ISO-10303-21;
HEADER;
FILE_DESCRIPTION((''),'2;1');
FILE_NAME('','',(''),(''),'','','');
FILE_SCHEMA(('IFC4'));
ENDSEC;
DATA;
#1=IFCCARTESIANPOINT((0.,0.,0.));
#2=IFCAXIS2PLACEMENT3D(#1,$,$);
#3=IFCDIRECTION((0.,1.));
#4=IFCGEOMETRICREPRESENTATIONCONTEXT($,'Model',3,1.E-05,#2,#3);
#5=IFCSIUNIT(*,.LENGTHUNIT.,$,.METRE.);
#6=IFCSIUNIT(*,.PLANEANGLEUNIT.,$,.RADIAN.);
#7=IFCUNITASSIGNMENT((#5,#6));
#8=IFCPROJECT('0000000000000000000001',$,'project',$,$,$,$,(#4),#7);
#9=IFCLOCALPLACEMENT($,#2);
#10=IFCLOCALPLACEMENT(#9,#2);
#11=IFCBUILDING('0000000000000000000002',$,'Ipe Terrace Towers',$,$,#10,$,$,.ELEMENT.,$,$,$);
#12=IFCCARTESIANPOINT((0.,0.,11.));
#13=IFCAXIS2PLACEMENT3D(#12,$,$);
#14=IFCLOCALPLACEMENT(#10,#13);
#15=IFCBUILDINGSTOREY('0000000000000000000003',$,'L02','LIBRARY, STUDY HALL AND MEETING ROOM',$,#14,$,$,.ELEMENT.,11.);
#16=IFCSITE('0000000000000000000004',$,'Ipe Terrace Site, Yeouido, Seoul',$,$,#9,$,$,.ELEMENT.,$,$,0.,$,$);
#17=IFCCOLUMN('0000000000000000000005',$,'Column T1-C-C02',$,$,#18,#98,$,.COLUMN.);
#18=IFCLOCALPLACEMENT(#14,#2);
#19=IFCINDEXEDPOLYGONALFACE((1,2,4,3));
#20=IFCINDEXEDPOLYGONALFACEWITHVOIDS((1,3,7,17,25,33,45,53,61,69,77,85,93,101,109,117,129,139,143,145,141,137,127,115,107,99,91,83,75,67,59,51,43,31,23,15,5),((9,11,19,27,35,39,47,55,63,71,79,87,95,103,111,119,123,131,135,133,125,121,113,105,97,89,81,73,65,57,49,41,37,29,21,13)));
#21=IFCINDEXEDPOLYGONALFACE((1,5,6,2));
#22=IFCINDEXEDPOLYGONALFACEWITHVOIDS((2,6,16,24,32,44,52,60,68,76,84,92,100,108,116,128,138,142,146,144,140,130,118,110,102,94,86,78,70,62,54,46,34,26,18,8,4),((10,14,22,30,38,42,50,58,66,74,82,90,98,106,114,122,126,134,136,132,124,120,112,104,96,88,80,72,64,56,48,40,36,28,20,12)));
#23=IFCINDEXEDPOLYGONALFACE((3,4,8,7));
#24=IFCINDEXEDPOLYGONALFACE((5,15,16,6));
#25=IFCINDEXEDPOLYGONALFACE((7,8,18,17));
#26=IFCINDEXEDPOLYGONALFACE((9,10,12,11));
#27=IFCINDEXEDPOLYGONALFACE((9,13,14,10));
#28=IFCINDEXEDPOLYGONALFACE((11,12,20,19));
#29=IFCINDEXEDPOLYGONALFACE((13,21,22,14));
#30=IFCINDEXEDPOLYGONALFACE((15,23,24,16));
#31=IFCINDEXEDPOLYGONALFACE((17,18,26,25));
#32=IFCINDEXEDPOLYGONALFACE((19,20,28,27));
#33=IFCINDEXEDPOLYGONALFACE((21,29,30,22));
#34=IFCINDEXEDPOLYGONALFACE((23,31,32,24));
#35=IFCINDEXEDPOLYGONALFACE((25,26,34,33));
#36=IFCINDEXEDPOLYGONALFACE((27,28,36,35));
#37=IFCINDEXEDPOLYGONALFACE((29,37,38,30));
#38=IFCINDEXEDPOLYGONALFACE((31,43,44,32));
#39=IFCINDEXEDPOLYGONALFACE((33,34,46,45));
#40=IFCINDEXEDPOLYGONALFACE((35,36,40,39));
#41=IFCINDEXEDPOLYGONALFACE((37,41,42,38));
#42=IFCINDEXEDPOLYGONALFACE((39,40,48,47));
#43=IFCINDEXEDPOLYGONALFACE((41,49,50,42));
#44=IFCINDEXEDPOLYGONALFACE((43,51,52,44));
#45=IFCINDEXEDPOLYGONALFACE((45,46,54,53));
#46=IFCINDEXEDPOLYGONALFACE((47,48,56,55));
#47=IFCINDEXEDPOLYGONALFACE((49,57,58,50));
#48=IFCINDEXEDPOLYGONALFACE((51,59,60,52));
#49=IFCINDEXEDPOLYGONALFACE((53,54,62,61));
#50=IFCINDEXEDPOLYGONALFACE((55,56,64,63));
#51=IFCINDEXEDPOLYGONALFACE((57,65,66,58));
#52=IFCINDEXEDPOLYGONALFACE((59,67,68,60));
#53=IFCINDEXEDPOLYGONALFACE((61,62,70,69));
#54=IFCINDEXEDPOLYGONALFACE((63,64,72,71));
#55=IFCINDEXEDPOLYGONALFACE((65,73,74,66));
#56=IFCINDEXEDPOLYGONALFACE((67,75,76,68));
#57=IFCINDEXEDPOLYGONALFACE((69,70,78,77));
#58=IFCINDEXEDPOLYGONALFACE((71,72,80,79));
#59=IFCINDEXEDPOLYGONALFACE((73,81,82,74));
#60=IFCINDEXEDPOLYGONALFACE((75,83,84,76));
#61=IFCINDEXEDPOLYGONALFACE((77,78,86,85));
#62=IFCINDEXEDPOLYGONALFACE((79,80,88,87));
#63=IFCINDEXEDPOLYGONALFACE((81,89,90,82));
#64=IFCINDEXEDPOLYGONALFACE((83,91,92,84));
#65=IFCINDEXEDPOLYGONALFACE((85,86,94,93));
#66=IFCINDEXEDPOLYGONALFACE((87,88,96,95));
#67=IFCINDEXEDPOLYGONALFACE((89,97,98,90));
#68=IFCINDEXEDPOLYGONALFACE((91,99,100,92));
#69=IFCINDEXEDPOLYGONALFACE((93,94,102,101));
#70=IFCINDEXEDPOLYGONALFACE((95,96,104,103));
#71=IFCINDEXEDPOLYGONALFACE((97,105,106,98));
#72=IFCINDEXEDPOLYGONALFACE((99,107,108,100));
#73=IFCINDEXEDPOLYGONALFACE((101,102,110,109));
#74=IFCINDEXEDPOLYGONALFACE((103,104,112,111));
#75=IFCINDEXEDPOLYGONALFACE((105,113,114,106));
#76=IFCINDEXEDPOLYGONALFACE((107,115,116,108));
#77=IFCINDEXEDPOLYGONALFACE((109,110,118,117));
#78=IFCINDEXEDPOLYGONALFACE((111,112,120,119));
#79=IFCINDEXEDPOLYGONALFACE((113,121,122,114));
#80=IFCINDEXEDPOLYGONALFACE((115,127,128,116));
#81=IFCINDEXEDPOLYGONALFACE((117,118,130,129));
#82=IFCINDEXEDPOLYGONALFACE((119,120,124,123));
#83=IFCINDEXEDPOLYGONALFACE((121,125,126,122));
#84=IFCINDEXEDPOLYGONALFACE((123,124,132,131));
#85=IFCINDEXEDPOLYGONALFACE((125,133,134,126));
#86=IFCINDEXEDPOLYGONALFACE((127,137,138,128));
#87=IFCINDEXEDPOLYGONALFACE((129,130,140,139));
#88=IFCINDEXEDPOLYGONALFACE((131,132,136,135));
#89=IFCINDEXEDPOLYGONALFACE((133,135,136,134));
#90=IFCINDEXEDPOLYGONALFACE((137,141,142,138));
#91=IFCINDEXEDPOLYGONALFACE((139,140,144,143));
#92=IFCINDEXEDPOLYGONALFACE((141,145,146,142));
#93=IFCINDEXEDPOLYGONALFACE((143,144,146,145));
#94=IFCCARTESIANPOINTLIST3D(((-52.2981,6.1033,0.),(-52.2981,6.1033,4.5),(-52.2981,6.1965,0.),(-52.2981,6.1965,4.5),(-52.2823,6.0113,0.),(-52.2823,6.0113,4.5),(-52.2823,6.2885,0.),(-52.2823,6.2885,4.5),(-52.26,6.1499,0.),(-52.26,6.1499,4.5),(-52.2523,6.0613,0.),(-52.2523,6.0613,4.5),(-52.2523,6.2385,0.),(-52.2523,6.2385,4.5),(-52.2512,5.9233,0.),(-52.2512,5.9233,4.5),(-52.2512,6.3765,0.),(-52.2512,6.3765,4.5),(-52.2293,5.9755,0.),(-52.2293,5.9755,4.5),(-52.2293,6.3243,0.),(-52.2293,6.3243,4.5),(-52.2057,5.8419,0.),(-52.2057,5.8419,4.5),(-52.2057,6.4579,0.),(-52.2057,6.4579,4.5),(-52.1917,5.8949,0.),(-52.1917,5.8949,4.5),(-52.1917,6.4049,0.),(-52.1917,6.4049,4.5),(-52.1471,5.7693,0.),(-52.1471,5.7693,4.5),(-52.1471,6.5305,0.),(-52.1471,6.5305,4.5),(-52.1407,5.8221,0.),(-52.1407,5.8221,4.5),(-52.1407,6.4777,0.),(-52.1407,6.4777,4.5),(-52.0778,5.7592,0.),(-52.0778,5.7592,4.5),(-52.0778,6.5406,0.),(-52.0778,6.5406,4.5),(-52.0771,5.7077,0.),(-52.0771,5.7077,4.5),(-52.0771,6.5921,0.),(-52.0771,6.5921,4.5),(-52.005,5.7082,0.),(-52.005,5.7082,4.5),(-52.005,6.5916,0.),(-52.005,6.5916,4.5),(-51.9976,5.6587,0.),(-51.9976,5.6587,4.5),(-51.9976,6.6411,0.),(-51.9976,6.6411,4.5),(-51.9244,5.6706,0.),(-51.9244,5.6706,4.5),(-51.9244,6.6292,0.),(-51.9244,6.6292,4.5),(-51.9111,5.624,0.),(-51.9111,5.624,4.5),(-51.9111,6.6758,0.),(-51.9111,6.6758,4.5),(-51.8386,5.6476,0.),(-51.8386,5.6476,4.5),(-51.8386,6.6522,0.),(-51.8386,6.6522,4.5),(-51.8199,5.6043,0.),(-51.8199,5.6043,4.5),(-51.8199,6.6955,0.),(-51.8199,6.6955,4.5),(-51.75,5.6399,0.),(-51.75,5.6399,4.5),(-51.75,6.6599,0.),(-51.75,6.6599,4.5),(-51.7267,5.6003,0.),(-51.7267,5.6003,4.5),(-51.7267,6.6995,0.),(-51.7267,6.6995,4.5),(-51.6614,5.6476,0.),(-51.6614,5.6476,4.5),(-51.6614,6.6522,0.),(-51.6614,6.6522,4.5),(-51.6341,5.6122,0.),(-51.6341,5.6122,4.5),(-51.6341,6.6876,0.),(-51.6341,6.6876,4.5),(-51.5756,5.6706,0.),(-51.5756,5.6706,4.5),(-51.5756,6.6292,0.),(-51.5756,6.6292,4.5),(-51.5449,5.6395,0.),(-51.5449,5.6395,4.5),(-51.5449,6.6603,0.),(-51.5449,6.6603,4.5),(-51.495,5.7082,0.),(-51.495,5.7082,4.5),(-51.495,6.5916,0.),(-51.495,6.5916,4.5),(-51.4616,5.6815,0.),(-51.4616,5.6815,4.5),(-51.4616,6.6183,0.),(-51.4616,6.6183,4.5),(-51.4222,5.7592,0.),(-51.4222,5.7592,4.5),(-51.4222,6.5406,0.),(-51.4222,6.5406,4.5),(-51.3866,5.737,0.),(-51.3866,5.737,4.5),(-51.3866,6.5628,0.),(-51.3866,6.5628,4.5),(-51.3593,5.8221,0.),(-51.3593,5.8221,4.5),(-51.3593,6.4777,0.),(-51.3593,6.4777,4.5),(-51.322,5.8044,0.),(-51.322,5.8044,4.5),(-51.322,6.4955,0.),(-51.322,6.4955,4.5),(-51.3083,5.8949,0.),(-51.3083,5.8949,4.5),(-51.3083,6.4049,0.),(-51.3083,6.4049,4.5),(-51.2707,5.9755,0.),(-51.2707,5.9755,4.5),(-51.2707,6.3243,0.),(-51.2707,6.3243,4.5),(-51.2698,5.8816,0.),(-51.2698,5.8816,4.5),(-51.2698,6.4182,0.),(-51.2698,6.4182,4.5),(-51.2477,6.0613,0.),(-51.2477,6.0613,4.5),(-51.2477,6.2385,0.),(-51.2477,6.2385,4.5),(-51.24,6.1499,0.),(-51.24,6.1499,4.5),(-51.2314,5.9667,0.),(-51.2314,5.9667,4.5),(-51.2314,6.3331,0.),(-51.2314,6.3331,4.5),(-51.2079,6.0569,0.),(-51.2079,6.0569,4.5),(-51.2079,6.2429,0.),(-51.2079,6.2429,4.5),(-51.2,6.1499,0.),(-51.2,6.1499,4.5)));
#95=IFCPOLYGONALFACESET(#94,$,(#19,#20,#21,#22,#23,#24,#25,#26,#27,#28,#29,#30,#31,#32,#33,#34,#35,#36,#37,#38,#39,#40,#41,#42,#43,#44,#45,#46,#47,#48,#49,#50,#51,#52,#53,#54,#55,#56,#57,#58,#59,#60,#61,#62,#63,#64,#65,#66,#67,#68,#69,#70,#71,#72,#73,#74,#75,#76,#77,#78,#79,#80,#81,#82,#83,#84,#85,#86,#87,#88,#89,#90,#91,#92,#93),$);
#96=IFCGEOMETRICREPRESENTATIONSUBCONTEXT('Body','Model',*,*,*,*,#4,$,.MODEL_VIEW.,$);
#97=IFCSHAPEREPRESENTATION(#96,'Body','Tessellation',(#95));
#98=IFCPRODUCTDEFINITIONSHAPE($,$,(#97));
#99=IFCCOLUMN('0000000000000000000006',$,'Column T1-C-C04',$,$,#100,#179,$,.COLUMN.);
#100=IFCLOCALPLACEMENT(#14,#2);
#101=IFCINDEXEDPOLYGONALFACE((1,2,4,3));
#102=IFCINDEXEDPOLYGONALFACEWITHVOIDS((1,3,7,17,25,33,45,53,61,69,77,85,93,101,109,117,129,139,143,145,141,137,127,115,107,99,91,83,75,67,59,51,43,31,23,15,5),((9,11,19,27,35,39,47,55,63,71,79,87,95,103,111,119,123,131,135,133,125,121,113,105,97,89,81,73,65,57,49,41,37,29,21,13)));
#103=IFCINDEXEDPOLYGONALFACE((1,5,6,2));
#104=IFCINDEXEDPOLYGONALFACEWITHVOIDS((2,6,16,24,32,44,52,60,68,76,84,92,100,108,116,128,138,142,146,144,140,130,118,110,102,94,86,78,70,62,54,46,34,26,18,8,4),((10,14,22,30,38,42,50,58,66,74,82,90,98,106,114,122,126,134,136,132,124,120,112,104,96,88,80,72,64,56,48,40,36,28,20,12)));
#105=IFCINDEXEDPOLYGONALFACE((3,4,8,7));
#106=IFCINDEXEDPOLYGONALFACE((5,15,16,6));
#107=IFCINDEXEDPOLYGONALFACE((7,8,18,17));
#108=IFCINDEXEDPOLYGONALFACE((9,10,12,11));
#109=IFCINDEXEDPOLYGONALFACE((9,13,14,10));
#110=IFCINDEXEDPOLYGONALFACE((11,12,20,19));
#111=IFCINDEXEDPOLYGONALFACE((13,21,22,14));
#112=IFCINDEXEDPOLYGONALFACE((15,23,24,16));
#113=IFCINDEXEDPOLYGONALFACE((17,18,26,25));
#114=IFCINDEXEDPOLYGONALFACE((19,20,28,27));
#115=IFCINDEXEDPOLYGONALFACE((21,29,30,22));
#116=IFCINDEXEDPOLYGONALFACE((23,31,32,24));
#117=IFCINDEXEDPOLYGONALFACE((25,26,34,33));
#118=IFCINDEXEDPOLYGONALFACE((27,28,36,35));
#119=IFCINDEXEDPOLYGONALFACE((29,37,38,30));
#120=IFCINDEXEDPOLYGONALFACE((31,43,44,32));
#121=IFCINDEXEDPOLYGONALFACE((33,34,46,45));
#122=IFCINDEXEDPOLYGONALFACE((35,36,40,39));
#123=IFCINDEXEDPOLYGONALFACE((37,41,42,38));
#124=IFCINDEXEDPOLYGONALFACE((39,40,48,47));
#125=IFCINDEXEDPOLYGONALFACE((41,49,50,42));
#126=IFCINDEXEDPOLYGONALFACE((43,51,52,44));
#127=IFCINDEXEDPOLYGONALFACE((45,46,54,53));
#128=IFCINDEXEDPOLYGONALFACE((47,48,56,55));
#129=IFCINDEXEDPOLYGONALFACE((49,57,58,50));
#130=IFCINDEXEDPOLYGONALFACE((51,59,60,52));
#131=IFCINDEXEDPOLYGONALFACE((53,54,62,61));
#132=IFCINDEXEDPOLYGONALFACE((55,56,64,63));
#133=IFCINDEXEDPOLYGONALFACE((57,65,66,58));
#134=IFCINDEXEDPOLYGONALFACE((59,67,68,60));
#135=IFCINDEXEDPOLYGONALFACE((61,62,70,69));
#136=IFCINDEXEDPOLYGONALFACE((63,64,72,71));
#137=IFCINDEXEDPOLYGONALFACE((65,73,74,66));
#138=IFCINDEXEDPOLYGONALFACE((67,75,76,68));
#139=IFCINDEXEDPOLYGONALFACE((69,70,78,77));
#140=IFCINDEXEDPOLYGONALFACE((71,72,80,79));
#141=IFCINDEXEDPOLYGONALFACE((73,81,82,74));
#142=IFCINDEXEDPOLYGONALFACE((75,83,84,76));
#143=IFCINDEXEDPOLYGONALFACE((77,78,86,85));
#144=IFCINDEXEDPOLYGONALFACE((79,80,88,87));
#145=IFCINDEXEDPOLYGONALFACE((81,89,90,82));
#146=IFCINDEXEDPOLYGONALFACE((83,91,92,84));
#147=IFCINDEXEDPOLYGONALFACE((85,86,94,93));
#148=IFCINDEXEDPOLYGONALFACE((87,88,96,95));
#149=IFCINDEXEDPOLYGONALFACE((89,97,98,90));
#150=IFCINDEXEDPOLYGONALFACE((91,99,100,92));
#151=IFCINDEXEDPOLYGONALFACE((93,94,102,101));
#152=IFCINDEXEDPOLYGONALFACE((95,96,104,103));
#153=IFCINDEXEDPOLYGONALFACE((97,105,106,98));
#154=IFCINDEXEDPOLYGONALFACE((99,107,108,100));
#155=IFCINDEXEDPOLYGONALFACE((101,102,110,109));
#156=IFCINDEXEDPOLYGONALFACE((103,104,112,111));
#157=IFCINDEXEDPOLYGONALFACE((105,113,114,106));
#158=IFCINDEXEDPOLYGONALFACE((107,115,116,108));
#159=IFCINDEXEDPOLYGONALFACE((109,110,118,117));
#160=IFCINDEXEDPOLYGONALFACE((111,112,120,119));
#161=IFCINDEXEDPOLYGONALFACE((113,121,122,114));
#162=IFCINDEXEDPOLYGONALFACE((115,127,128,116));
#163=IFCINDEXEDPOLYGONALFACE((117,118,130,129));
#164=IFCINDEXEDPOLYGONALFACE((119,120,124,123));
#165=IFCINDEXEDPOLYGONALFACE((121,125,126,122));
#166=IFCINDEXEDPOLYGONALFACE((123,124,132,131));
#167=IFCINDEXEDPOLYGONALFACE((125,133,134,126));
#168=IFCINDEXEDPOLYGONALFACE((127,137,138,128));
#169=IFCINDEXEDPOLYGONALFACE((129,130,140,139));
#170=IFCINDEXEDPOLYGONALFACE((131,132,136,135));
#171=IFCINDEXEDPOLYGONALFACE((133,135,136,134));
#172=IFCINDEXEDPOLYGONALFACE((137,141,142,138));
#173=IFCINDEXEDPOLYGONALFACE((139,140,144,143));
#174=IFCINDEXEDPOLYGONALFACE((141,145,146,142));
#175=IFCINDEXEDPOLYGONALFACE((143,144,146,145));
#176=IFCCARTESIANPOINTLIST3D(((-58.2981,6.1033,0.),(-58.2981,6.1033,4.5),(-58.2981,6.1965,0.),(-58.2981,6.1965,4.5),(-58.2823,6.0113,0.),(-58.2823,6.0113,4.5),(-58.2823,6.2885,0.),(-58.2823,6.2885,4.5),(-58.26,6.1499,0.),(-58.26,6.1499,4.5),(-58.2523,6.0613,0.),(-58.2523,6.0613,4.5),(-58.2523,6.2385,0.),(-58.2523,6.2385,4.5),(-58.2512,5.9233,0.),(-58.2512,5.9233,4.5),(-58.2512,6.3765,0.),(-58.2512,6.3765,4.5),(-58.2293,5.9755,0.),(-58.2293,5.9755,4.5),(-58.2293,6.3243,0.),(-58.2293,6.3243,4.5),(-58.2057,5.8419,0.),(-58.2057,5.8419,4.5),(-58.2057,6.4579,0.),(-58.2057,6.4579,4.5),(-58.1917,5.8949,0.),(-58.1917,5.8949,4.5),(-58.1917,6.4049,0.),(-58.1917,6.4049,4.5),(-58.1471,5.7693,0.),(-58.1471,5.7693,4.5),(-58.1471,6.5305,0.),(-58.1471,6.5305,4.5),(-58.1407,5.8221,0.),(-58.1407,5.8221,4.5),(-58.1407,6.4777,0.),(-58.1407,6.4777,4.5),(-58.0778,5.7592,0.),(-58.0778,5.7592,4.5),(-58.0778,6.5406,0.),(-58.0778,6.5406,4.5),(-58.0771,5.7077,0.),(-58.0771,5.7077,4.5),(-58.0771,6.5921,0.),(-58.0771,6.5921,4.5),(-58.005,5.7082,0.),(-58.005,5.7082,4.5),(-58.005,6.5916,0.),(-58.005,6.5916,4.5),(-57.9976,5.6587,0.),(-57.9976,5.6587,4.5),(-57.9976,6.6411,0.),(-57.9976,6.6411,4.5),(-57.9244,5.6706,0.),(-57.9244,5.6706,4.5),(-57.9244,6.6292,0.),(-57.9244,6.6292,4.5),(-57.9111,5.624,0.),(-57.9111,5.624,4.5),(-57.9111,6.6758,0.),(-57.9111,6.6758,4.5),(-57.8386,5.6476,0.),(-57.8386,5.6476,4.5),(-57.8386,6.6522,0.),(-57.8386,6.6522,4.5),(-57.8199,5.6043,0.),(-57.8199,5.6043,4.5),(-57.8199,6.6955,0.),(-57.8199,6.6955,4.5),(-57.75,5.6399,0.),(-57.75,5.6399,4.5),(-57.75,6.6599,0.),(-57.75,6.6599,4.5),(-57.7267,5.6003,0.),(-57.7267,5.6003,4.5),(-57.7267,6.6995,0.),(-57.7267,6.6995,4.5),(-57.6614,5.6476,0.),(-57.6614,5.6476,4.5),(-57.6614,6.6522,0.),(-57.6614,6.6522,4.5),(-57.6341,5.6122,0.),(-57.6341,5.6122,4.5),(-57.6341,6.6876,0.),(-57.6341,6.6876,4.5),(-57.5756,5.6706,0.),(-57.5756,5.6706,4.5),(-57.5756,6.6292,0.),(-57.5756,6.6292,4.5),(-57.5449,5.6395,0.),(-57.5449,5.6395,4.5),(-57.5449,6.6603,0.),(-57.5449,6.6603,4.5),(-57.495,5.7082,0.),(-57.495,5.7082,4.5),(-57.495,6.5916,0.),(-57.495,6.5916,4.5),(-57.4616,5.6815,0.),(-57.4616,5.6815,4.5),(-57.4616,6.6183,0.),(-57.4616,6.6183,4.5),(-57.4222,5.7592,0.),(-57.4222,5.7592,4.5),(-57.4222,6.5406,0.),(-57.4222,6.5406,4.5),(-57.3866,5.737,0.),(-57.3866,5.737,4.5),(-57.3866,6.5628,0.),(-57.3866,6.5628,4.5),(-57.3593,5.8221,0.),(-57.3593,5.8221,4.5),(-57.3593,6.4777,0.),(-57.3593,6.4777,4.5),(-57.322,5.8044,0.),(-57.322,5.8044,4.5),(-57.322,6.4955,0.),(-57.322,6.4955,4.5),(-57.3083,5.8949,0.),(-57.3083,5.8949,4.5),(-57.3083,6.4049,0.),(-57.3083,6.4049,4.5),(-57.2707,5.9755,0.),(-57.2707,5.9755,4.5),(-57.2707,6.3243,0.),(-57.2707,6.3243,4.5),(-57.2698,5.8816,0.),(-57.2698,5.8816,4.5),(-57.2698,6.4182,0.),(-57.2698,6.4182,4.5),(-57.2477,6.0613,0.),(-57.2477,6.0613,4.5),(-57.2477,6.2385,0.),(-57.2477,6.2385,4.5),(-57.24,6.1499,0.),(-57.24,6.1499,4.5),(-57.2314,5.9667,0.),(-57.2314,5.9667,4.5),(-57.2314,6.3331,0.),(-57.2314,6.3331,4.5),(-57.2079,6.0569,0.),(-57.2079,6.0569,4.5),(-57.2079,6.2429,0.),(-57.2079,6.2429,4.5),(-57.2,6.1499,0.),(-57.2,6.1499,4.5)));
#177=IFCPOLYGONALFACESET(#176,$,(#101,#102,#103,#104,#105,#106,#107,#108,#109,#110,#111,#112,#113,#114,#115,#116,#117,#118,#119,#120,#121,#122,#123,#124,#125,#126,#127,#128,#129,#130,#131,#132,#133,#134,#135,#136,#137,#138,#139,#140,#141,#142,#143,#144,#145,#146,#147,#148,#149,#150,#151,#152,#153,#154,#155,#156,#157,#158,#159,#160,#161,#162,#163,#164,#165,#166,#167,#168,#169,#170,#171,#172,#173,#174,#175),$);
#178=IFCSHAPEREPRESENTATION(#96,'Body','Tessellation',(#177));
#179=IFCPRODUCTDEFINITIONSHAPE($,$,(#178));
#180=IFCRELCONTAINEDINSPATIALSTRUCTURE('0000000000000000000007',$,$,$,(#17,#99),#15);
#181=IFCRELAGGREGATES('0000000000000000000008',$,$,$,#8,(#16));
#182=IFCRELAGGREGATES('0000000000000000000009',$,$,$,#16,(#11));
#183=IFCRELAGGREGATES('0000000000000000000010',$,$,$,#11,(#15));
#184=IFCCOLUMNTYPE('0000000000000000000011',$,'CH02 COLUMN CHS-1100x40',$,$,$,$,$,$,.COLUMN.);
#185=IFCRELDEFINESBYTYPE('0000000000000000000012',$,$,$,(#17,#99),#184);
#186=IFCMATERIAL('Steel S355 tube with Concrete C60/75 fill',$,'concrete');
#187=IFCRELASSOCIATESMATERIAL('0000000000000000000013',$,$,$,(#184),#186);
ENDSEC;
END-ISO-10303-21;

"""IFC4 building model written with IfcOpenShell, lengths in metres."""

from ifc_helpers import new_model, si_unit, direction, frame, origin, origin_2d, place, context, subcontext, project, spatial, hollow_circle, extrude, material, material_profile, profile_set, type_object, element, save


model = new_model("IFC4")

# Units and contexts
model_context = context("Model", 3, precision=1e-05, world=origin(), true_north=direction((0.0, 1.0)))
body_context = subcontext(model_context, "Body", "Model", "MODEL_VIEW")
ifc_project = project(units=[si_unit("LENGTHUNIT", "METRE"), si_unit("PLANEANGLEUNIT", "RADIAN")], contexts=[model_context])

# Site, building, storey
site_placement = place(None, origin())
site = spatial("IfcSite", under=ifc_project, at=site_placement, Name="Ipe Terrace Site, Yeouido, Seoul", CompositionType="ELEMENT", RefElevation=0.0)
building_placement = place(site_placement, origin())
building = spatial("IfcBuilding", under=site, at=building_placement, Name="Ipe Terrace Towers", CompositionType="ELEMENT")
storey_placement = place(building_placement, frame((0.0, 0.0, 11.0)))
storey = spatial("IfcBuildingStorey", under=building, at=storey_placement, Name="L02", Description="LIBRARY, STUDY HALL AND MEETING ROOM", CompositionType="ELEMENT", Elevation=11.0)

# Columns
ifc_material_1 = material(Name="Steel S355 tube with Concrete C60/75 fill", Category="concrete")
ifc_material_profile_1 = material_profile(ifc_material_1, hollow_circle(Radius=0.55, WallThickness=0.04, at=origin_2d()), Name="CHS-1100x40")
ifc_profile_set_1 = profile_set([ifc_material_profile_1], Name="Steel S355 tube with Concrete C60/75 fill")
column_type_1 = type_object("IfcColumnType", Name="CH02 COLUMN CHS-1100x40", PredefinedType="COLUMN", material=ifc_profile_set_1)
for number, where, z_axis, x_axis, name in (
    (1, (-51.75, 6.1499, 0.0), (0.0, 0.0, 1.0), (1.0, 0.0, 0.0), "Column T1-C-C02"),
    (2, (-57.75, 6.1499, 0.0), (0.0, 0.0, 1.0), (1.0, 0.0, 0.0), "Column T1-C-C04"),
):
    element("IfcColumn", number, at=place(storey_placement, frame(where, z_axis=z_axis, x_axis=x_axis)), inside=storey, type_object=column_type_1, Name=name, PredefinedType="COLUMN", context=body_context, shape_type="SweptSolid", body=[
        extrude(hollow_circle(Radius=0.55, WallThickness=0.04, at=origin_2d()), origin(), (0.0, 0.0, 1.0), 4.5),
    ])

save(model, "model.ifc")
